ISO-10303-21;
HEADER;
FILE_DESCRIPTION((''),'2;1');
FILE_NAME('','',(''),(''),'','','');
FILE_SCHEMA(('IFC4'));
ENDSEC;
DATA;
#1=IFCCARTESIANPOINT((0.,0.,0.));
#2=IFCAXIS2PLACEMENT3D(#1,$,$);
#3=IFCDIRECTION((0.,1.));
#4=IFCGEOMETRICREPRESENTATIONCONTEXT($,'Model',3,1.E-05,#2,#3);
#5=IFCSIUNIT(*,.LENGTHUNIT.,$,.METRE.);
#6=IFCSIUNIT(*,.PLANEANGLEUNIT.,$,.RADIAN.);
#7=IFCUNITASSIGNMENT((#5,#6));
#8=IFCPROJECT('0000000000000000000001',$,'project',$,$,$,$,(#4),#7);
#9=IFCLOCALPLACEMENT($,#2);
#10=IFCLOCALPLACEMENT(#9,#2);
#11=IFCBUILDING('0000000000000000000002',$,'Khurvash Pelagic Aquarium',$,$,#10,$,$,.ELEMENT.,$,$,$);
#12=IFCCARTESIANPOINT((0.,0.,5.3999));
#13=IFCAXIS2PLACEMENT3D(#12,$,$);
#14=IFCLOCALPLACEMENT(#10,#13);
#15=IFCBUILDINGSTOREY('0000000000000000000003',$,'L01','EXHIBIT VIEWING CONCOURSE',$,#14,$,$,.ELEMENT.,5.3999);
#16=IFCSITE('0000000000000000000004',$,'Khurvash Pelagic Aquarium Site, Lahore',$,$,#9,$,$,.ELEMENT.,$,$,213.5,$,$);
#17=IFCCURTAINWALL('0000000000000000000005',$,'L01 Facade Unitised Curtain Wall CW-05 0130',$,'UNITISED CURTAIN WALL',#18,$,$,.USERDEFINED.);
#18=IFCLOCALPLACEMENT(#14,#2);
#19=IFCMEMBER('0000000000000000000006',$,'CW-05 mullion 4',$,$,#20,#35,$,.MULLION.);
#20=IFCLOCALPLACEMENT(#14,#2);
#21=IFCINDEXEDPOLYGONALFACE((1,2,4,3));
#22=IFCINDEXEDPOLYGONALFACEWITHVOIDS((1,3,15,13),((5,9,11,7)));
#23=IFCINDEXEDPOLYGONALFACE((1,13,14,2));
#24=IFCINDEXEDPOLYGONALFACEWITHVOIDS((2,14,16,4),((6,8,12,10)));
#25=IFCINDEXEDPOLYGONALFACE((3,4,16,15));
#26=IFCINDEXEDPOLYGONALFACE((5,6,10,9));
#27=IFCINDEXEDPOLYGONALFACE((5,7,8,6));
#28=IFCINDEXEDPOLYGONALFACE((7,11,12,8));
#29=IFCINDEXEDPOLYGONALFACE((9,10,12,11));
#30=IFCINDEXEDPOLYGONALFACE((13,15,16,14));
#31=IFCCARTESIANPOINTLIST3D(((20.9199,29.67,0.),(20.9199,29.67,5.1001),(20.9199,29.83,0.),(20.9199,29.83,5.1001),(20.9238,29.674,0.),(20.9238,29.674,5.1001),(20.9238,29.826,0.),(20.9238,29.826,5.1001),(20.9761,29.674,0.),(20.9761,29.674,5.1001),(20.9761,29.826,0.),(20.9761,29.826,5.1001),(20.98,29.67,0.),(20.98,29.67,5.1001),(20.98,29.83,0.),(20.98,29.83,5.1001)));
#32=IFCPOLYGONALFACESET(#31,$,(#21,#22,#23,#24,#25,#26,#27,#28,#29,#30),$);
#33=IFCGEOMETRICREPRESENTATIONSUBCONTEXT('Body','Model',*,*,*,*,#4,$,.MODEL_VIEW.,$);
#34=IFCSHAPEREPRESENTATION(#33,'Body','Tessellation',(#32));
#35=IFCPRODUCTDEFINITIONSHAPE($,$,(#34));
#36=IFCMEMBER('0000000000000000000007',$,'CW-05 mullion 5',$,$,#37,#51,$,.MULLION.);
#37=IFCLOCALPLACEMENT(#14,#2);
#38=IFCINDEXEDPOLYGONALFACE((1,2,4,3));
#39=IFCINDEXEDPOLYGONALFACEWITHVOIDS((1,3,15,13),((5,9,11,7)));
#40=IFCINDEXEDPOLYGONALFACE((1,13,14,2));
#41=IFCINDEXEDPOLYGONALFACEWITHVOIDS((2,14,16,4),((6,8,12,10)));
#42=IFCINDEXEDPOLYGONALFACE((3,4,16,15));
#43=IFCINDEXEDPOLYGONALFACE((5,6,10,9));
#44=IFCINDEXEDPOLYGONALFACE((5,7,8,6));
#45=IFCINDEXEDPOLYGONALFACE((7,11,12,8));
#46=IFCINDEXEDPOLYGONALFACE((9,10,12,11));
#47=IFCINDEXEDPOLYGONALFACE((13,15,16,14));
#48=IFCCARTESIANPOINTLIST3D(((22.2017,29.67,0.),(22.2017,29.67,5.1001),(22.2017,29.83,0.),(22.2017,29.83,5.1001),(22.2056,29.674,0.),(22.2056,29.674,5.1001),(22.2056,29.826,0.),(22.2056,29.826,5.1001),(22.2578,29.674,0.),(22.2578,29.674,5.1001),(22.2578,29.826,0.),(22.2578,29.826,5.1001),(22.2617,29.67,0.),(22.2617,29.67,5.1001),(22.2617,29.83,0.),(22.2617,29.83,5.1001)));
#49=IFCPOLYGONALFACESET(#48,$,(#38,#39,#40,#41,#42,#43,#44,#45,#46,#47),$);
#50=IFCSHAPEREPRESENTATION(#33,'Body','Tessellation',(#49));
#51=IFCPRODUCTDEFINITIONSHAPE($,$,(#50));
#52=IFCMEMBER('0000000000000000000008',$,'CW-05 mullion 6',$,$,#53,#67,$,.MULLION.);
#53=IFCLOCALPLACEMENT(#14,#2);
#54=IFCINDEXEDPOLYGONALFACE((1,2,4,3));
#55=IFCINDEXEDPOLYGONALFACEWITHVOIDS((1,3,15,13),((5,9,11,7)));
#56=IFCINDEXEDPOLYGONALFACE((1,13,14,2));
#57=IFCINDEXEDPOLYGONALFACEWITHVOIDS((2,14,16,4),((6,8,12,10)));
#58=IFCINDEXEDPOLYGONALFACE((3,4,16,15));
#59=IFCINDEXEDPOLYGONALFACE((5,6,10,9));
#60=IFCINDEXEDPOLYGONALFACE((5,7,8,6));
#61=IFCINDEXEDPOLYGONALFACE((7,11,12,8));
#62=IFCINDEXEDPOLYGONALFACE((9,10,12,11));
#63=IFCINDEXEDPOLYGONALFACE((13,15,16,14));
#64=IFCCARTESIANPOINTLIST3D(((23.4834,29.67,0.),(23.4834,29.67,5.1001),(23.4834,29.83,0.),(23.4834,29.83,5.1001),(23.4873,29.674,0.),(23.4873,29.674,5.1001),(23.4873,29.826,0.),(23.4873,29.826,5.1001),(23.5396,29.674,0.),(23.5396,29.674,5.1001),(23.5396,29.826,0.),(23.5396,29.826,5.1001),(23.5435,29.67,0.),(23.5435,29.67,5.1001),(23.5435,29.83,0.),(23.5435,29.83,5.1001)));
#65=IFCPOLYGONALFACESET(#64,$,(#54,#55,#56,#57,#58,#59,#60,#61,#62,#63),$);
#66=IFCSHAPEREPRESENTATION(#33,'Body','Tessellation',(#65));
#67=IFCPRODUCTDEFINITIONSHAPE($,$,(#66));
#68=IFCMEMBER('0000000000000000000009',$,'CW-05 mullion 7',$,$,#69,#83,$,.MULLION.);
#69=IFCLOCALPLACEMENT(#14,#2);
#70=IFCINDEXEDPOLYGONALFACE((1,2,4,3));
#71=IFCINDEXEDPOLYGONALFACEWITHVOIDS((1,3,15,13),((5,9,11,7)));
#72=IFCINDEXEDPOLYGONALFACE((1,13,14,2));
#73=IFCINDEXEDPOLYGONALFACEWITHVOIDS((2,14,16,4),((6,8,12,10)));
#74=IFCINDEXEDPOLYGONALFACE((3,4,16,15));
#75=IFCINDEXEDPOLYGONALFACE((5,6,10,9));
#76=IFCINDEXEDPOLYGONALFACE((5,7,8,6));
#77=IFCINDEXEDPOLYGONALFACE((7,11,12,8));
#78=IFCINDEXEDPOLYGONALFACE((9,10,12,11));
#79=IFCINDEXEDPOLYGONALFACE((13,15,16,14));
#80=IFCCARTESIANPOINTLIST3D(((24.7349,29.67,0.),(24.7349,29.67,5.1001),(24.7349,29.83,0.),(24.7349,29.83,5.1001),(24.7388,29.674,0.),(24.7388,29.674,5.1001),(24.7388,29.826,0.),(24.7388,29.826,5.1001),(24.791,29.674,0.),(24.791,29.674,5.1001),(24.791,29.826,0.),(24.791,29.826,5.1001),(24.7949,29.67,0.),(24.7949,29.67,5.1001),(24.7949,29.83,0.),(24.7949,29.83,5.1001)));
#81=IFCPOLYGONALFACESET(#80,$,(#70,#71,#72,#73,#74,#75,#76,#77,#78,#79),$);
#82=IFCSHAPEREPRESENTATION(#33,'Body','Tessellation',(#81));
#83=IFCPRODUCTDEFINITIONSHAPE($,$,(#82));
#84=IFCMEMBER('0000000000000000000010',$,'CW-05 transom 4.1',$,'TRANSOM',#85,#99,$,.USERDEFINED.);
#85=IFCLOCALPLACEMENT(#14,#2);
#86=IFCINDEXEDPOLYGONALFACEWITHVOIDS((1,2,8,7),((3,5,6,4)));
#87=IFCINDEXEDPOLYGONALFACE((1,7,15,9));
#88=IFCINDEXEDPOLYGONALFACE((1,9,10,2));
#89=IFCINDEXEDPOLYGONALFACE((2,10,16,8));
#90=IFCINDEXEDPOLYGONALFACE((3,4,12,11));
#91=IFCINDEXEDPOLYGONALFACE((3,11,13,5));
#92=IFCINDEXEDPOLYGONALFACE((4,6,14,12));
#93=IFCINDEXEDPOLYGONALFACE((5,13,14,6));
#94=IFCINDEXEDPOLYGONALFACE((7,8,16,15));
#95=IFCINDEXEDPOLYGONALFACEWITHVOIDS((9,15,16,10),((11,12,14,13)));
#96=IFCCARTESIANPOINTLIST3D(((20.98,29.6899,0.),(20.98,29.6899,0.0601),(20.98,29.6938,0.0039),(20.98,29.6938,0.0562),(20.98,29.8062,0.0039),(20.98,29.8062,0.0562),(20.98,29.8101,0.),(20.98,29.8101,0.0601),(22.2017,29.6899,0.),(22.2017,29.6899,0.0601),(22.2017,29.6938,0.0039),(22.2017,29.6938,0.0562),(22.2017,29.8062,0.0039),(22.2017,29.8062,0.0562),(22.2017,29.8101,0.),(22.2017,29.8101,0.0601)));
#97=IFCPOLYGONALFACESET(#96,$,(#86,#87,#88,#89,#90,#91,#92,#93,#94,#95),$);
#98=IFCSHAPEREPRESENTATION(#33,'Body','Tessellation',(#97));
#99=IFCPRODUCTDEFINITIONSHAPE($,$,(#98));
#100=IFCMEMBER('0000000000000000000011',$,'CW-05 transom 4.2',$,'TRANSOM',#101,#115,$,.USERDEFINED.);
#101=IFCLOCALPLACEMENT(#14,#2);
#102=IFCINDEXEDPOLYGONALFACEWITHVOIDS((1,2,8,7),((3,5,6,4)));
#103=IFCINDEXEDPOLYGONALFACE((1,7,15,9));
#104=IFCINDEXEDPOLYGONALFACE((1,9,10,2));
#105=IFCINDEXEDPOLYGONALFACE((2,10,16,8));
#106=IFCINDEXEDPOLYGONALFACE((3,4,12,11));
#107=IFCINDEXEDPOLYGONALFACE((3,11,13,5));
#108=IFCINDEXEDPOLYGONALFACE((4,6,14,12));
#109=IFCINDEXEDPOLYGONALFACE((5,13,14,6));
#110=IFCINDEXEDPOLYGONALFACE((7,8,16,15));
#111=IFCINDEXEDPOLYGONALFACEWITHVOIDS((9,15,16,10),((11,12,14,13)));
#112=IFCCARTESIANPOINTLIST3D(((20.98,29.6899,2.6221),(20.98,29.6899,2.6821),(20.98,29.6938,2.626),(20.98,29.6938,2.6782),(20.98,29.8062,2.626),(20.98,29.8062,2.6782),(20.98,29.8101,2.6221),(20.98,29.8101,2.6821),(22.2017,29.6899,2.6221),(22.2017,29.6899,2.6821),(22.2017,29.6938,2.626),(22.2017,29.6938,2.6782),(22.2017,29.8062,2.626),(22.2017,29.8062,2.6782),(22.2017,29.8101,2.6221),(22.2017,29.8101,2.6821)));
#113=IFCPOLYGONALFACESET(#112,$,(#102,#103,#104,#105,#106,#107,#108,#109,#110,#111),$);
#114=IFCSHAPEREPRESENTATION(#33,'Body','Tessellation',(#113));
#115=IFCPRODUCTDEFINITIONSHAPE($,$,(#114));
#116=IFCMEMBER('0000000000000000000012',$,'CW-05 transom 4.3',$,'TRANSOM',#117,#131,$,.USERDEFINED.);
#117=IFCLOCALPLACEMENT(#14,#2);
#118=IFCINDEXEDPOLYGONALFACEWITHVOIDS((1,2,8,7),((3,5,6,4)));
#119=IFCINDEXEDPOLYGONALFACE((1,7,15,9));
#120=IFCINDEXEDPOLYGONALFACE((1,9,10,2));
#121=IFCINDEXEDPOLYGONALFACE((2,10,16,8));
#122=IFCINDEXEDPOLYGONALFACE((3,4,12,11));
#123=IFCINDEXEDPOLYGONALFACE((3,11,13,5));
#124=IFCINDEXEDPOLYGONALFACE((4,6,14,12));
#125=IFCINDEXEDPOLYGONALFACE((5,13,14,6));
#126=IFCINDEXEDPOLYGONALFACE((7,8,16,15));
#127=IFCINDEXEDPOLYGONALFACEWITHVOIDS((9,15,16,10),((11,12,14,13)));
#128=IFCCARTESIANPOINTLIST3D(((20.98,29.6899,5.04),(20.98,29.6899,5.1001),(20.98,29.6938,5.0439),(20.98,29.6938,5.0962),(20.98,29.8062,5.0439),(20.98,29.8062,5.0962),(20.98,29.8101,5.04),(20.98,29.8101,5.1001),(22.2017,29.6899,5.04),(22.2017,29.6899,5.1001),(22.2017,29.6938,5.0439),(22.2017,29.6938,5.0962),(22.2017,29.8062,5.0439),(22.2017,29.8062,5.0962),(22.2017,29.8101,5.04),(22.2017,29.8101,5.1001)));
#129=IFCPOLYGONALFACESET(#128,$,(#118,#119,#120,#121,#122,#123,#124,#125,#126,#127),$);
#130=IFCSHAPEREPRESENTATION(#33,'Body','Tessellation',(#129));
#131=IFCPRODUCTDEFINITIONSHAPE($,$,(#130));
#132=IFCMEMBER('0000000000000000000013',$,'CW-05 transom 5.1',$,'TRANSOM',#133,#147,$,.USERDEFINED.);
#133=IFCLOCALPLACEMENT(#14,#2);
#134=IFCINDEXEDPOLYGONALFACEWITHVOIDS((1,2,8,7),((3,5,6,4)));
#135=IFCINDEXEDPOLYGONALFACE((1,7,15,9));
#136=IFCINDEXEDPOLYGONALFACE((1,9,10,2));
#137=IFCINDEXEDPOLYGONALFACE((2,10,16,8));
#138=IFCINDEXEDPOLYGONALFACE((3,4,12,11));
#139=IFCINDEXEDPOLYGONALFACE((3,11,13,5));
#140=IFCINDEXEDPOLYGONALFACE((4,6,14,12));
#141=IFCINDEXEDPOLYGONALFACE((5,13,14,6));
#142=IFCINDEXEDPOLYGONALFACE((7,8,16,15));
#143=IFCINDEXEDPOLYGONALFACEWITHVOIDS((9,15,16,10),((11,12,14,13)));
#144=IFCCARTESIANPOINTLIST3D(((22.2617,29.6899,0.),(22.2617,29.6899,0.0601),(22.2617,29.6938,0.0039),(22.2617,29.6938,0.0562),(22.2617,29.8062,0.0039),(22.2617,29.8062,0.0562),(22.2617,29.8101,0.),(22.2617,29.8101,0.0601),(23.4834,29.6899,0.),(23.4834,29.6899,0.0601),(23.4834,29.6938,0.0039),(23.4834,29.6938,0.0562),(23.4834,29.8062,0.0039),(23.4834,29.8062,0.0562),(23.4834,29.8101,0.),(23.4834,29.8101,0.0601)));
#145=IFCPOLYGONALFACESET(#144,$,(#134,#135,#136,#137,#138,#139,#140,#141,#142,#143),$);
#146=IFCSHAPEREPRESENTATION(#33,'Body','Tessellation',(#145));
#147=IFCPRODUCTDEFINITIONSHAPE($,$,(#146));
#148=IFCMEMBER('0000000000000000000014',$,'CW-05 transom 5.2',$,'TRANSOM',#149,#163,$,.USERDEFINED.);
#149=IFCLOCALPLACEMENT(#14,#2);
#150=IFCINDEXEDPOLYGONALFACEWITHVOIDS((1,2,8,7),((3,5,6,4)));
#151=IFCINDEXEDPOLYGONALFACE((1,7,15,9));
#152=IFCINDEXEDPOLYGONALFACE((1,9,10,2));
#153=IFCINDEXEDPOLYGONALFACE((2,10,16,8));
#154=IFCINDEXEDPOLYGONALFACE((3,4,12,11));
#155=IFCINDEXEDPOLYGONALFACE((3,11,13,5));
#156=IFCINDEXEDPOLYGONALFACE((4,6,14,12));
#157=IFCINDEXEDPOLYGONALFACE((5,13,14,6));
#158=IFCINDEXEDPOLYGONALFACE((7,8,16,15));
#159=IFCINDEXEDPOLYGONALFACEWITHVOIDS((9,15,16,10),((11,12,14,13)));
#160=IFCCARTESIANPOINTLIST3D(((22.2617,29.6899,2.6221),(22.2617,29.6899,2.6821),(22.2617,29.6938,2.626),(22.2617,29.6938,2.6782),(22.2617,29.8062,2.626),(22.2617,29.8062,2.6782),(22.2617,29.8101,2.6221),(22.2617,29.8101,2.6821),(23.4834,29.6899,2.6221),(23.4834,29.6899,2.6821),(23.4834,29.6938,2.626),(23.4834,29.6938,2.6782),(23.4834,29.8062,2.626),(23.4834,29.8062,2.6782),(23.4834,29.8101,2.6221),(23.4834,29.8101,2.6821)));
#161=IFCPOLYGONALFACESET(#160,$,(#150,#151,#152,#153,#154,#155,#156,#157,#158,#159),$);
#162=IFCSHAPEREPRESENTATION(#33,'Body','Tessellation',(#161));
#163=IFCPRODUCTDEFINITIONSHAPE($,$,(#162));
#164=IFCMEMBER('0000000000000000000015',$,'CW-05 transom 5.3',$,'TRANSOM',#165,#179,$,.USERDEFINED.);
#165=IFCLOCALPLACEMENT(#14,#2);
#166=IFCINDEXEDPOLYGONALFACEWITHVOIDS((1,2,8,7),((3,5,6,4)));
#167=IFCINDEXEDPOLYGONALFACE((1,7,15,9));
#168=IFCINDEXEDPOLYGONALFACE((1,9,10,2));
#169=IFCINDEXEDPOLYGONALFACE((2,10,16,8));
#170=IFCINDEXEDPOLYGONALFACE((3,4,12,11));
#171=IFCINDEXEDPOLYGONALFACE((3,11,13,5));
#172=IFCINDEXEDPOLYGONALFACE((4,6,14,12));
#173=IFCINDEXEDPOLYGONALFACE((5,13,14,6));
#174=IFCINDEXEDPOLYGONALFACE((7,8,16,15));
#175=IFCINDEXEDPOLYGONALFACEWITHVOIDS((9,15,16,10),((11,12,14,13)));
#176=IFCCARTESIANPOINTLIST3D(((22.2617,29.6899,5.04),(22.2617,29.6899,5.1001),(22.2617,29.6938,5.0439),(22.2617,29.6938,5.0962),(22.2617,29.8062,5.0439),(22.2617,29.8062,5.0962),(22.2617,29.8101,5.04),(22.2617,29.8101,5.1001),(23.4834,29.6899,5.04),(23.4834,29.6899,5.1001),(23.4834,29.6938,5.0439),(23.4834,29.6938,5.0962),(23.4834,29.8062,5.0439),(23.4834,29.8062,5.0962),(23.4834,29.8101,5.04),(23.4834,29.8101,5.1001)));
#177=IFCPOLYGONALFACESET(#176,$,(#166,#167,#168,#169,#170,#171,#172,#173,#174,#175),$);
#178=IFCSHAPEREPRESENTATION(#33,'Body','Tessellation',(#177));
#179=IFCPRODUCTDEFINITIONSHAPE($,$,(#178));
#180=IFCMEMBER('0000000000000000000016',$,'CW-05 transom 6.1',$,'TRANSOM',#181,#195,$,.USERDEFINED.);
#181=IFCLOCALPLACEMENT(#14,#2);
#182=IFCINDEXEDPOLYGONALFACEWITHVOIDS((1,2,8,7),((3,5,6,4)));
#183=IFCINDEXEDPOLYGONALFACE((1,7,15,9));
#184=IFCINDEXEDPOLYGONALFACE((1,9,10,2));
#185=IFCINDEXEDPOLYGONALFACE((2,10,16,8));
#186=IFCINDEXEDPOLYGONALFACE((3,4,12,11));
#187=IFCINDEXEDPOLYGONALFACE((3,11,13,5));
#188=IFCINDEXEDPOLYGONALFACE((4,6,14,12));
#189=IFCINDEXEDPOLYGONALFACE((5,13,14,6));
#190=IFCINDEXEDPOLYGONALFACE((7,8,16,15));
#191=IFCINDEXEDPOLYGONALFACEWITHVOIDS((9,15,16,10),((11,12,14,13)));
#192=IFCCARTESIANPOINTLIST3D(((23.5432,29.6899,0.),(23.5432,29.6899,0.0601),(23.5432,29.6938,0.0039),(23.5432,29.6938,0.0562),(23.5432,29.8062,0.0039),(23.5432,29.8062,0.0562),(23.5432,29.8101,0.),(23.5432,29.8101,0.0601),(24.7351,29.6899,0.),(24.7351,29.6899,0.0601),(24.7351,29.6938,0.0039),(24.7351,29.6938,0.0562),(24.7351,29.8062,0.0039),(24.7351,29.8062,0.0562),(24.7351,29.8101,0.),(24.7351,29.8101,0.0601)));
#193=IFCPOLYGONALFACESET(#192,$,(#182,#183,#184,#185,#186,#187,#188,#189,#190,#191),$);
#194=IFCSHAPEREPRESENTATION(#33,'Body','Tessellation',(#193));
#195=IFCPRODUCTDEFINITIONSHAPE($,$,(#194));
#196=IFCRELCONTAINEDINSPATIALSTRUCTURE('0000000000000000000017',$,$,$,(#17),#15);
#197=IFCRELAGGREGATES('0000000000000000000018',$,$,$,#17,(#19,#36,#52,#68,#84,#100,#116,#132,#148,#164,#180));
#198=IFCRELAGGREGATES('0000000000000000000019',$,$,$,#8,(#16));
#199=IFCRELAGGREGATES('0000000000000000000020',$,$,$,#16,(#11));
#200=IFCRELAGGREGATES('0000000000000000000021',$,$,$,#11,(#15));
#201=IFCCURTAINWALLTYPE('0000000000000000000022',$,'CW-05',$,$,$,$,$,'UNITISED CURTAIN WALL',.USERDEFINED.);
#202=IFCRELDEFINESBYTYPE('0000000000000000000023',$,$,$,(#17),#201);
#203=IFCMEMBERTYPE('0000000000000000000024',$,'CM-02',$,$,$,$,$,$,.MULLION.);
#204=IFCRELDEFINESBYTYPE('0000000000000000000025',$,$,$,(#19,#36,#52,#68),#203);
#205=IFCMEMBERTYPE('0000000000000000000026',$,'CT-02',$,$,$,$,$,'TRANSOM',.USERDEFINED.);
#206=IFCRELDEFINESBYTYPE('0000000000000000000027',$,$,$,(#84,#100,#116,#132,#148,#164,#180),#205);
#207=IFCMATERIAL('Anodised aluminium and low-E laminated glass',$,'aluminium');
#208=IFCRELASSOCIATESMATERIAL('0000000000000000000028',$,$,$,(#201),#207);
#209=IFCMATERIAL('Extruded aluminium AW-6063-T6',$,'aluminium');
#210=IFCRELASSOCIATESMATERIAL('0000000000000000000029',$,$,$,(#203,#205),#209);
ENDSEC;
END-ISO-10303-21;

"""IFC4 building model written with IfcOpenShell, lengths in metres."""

from ifc_helpers import new_model, si_unit, direction, frame, origin, origin_2d, place, context, subcontext, project, spatial, hollow_rectangle, extrude, material, material_profile, profile_set, type_object, element, aggregate, save


model = new_model("IFC4")

# Units and contexts
model_context = context("Model", 3, precision=1e-05, world=origin(), true_north=direction((0.0, 1.0)))
body_context = subcontext(model_context, "Body", "Model", "MODEL_VIEW")
ifc_project = project(units=[si_unit("LENGTHUNIT", "METRE"), si_unit("PLANEANGLEUNIT", "RADIAN")], contexts=[model_context])

# Site, building, storey
site_placement = place(None, origin())
site = spatial("IfcSite", under=ifc_project, at=site_placement, Name="Khurvash Pelagic Aquarium Site, Lahore", CompositionType="ELEMENT", RefElevation=213.5)
building_placement = place(site_placement, origin())
building = spatial("IfcBuilding", under=site, at=building_placement, Name="Khurvash Pelagic Aquarium", CompositionType="ELEMENT")
storey_placement = place(building_placement, frame((0.0, 0.0, 5.3999)))
storey = spatial("IfcBuildingStorey", under=building, at=storey_placement, Name="L01", Description="EXHIBIT VIEWING CONCOURSE", CompositionType="ELEMENT", Elevation=5.3999)

# Curtain wall, members
ifc_material_1 = material(Name="Anodised aluminium and low-E laminated glass", Category="aluminium")
curtain_wall_type = type_object("IfcCurtainWallType", Name="CW-05", ElementType="UNITISED CURTAIN WALL", PredefinedType="USERDEFINED", material=ifc_material_1)
curtain_wall_placement = place(storey_placement, origin())
curtain_wall = element("IfcCurtainWall", 1, at=curtain_wall_placement, inside=storey, type_object=curtain_wall_type, Name="L01 Facade Unitised Curtain Wall CW-05 0130", ObjectType="UNITISED CURTAIN WALL", PredefinedType="USERDEFINED")
ifc_material_2 = material(Name="Extruded aluminium AW-6063-T6", Category="aluminium")
ifc_material_profile_1 = material_profile(ifc_material_2, hollow_rectangle(XDim=0.0601, YDim=0.1599, WallThickness=0.0039, at=origin_2d()), Name="CWM60X160X4")
ifc_profile_set_1 = profile_set([ifc_material_profile_1], Name="Extruded aluminium AW-6063-T6")
member_type_1 = type_object("IfcMemberType", Name="CM-02", PredefinedType="MULLION", material=ifc_profile_set_1)
member_1_placement = place(storey_placement, frame((20.95, 29.75, 0.0), z_axis=(0.0, 0.0, 1.0), x_axis=(1.0, 0.0, 0.0)))
member_1 = element("IfcMember", 2, at=member_1_placement, type_object=member_type_1, Name="CW-05 mullion 4", PredefinedType="MULLION", context=body_context, shape_type="SweptSolid", body=[
    extrude(hollow_rectangle(XDim=0.0601, YDim=0.1599, WallThickness=0.0039, at=origin_2d()), origin(), (0.0, 0.0, 1.0), 5.1001),
])
member_2_placement = place(storey_placement, frame((22.2317, 29.75, 0.0), z_axis=(0.0, 0.0, 1.0), x_axis=(1.0, 0.0, 0.0)))
member_2 = element("IfcMember", 3, at=member_2_placement, type_object=member_type_1, Name="CW-05 mullion 5", PredefinedType="MULLION", context=body_context, shape_type="SweptSolid", body=[
    extrude(hollow_rectangle(XDim=0.0601, YDim=0.1599, WallThickness=0.0039, at=origin_2d()), origin(), (0.0, 0.0, 1.0), 5.1001),
])
member_3_placement = place(storey_placement, frame((23.5134, 29.75, 0.0), z_axis=(0.0, 0.0, 1.0), x_axis=(1.0, 0.0, 0.0)))
member_3 = element("IfcMember", 4, at=member_3_placement, type_object=member_type_1, Name="CW-05 mullion 6", PredefinedType="MULLION", context=body_context, shape_type="SweptSolid", body=[
    extrude(hollow_rectangle(XDim=0.0601, YDim=0.1599, WallThickness=0.0039, at=origin_2d()), origin(), (0.0, 0.0, 1.0), 5.1001),
])
member_4_placement = place(storey_placement, frame((24.7649, 29.75, 0.0), z_axis=(0.0, 0.0, 1.0), x_axis=(1.0, 0.0, 0.0)))
member_4 = element("IfcMember", 5, at=member_4_placement, type_object=member_type_1, Name="CW-05 mullion 7", PredefinedType="MULLION", context=body_context, shape_type="SweptSolid", body=[
    extrude(hollow_rectangle(XDim=0.0601, YDim=0.1599, WallThickness=0.0039, at=origin_2d()), origin(), (0.0, 0.0, 1.0), 5.1001),
])
ifc_material_profile_2 = material_profile(ifc_material_2, hollow_rectangle(XDim=0.1201, YDim=0.0601, WallThickness=0.0039, at=origin_2d()), Name="CWT120X60X4")
ifc_profile_set_2 = profile_set([ifc_material_profile_2], Name="Extruded aluminium AW-6063-T6")
member_type_2 = type_object("IfcMemberType", Name="CT-02", ElementType="TRANSOM", PredefinedType="USERDEFINED", material=ifc_profile_set_2)
member_5_placement = place(storey_placement, frame((20.98, 29.75, 0.03), z_axis=(1.0, 0.0, 0.0), x_axis=(0.0, 1.0, 0.0)))
member_5 = element("IfcMember", 6, at=member_5_placement, type_object=member_type_2, Name="CW-05 transom 4.1", ObjectType="TRANSOM", PredefinedType="USERDEFINED", context=body_context, shape_type="SweptSolid", body=[
    extrude(hollow_rectangle(XDim=0.1201, YDim=0.0601, WallThickness=0.0039, at=origin_2d()), origin(), (0.0, 0.0, 1.0), 1.2217),
])
member_6_placement = place(storey_placement, frame((20.98, 29.75, 2.6521), z_axis=(1.0, 0.0, 0.0), x_axis=(0.0, 1.0, 0.0)))
member_6 = element("IfcMember", 7, at=member_6_placement, type_object=member_type_2, Name="CW-05 transom 4.2", ObjectType="TRANSOM", PredefinedType="USERDEFINED", context=body_context, shape_type="SweptSolid", body=[
    extrude(hollow_rectangle(XDim=0.1201, YDim=0.0601, WallThickness=0.0039, at=origin_2d()), origin(), (0.0, 0.0, 1.0), 1.2217),
])
member_7_placement = place(storey_placement, frame((20.98, 29.75, 5.0701), z_axis=(1.0, 0.0, 0.0), x_axis=(0.0, 1.0, 0.0)))
member_7 = element("IfcMember", 8, at=member_7_placement, type_object=member_type_2, Name="CW-05 transom 4.3", ObjectType="TRANSOM", PredefinedType="USERDEFINED", context=body_context, shape_type="SweptSolid", body=[
    extrude(hollow_rectangle(XDim=0.1201, YDim=0.0601, WallThickness=0.0039, at=origin_2d()), origin(), (0.0, 0.0, 1.0), 1.2217),
])
member_8_placement = place(storey_placement, frame((22.2617, 29.75, 0.03), z_axis=(1.0, 0.0, 0.0), x_axis=(0.0, 1.0, 0.0)))
member_8 = element("IfcMember", 9, at=member_8_placement, type_object=member_type_2, Name="CW-05 transom 5.1", ObjectType="TRANSOM", PredefinedType="USERDEFINED", context=body_context, shape_type="SweptSolid", body=[
    extrude(hollow_rectangle(XDim=0.1201, YDim=0.0601, WallThickness=0.0039, at=origin_2d()), origin(), (0.0, 0.0, 1.0), 1.2217),
])
member_9_placement = place(storey_placement, frame((22.2617, 29.75, 2.6521), z_axis=(1.0, 0.0, 0.0), x_axis=(0.0, 1.0, 0.0)))
member_9 = element("IfcMember", 10, at=member_9_placement, type_object=member_type_2, Name="CW-05 transom 5.2", ObjectType="TRANSOM", PredefinedType="USERDEFINED", context=body_context, shape_type="SweptSolid", body=[
    extrude(hollow_rectangle(XDim=0.1201, YDim=0.0601, WallThickness=0.0039, at=origin_2d()), origin(), (0.0, 0.0, 1.0), 1.2217),
])
member_10_placement = place(storey_placement, frame((22.2617, 29.75, 5.0701), z_axis=(1.0, 0.0, 0.0), x_axis=(0.0, 1.0, 0.0)))
member_10 = element("IfcMember", 11, at=member_10_placement, type_object=member_type_2, Name="CW-05 transom 5.3", ObjectType="TRANSOM", PredefinedType="USERDEFINED", context=body_context, shape_type="SweptSolid", body=[
    extrude(hollow_rectangle(XDim=0.1201, YDim=0.0601, WallThickness=0.0039, at=origin_2d()), origin(), (0.0, 0.0, 1.0), 1.2217),
])
member_11_placement = place(storey_placement, frame((23.5432, 29.75, 0.03), z_axis=(1.0, 0.0, 0.0), x_axis=(0.0, 1.0, 0.0)))
member_11 = element("IfcMember", 12, at=member_11_placement, type_object=member_type_2, Name="CW-05 transom 6.1", ObjectType="TRANSOM", PredefinedType="USERDEFINED", context=body_context, shape_type="SweptSolid", body=[
    extrude(hollow_rectangle(XDim=0.1201, YDim=0.0601, WallThickness=0.0039, at=origin_2d()), origin(), (0.0, 0.0, 1.0), 1.1919),
])
aggregate(curtain_wall, [member_1, member_2, member_3, member_4, member_5, member_6, member_7, member_8, member_9, member_10, member_11])

save(model, "model.ifc")
